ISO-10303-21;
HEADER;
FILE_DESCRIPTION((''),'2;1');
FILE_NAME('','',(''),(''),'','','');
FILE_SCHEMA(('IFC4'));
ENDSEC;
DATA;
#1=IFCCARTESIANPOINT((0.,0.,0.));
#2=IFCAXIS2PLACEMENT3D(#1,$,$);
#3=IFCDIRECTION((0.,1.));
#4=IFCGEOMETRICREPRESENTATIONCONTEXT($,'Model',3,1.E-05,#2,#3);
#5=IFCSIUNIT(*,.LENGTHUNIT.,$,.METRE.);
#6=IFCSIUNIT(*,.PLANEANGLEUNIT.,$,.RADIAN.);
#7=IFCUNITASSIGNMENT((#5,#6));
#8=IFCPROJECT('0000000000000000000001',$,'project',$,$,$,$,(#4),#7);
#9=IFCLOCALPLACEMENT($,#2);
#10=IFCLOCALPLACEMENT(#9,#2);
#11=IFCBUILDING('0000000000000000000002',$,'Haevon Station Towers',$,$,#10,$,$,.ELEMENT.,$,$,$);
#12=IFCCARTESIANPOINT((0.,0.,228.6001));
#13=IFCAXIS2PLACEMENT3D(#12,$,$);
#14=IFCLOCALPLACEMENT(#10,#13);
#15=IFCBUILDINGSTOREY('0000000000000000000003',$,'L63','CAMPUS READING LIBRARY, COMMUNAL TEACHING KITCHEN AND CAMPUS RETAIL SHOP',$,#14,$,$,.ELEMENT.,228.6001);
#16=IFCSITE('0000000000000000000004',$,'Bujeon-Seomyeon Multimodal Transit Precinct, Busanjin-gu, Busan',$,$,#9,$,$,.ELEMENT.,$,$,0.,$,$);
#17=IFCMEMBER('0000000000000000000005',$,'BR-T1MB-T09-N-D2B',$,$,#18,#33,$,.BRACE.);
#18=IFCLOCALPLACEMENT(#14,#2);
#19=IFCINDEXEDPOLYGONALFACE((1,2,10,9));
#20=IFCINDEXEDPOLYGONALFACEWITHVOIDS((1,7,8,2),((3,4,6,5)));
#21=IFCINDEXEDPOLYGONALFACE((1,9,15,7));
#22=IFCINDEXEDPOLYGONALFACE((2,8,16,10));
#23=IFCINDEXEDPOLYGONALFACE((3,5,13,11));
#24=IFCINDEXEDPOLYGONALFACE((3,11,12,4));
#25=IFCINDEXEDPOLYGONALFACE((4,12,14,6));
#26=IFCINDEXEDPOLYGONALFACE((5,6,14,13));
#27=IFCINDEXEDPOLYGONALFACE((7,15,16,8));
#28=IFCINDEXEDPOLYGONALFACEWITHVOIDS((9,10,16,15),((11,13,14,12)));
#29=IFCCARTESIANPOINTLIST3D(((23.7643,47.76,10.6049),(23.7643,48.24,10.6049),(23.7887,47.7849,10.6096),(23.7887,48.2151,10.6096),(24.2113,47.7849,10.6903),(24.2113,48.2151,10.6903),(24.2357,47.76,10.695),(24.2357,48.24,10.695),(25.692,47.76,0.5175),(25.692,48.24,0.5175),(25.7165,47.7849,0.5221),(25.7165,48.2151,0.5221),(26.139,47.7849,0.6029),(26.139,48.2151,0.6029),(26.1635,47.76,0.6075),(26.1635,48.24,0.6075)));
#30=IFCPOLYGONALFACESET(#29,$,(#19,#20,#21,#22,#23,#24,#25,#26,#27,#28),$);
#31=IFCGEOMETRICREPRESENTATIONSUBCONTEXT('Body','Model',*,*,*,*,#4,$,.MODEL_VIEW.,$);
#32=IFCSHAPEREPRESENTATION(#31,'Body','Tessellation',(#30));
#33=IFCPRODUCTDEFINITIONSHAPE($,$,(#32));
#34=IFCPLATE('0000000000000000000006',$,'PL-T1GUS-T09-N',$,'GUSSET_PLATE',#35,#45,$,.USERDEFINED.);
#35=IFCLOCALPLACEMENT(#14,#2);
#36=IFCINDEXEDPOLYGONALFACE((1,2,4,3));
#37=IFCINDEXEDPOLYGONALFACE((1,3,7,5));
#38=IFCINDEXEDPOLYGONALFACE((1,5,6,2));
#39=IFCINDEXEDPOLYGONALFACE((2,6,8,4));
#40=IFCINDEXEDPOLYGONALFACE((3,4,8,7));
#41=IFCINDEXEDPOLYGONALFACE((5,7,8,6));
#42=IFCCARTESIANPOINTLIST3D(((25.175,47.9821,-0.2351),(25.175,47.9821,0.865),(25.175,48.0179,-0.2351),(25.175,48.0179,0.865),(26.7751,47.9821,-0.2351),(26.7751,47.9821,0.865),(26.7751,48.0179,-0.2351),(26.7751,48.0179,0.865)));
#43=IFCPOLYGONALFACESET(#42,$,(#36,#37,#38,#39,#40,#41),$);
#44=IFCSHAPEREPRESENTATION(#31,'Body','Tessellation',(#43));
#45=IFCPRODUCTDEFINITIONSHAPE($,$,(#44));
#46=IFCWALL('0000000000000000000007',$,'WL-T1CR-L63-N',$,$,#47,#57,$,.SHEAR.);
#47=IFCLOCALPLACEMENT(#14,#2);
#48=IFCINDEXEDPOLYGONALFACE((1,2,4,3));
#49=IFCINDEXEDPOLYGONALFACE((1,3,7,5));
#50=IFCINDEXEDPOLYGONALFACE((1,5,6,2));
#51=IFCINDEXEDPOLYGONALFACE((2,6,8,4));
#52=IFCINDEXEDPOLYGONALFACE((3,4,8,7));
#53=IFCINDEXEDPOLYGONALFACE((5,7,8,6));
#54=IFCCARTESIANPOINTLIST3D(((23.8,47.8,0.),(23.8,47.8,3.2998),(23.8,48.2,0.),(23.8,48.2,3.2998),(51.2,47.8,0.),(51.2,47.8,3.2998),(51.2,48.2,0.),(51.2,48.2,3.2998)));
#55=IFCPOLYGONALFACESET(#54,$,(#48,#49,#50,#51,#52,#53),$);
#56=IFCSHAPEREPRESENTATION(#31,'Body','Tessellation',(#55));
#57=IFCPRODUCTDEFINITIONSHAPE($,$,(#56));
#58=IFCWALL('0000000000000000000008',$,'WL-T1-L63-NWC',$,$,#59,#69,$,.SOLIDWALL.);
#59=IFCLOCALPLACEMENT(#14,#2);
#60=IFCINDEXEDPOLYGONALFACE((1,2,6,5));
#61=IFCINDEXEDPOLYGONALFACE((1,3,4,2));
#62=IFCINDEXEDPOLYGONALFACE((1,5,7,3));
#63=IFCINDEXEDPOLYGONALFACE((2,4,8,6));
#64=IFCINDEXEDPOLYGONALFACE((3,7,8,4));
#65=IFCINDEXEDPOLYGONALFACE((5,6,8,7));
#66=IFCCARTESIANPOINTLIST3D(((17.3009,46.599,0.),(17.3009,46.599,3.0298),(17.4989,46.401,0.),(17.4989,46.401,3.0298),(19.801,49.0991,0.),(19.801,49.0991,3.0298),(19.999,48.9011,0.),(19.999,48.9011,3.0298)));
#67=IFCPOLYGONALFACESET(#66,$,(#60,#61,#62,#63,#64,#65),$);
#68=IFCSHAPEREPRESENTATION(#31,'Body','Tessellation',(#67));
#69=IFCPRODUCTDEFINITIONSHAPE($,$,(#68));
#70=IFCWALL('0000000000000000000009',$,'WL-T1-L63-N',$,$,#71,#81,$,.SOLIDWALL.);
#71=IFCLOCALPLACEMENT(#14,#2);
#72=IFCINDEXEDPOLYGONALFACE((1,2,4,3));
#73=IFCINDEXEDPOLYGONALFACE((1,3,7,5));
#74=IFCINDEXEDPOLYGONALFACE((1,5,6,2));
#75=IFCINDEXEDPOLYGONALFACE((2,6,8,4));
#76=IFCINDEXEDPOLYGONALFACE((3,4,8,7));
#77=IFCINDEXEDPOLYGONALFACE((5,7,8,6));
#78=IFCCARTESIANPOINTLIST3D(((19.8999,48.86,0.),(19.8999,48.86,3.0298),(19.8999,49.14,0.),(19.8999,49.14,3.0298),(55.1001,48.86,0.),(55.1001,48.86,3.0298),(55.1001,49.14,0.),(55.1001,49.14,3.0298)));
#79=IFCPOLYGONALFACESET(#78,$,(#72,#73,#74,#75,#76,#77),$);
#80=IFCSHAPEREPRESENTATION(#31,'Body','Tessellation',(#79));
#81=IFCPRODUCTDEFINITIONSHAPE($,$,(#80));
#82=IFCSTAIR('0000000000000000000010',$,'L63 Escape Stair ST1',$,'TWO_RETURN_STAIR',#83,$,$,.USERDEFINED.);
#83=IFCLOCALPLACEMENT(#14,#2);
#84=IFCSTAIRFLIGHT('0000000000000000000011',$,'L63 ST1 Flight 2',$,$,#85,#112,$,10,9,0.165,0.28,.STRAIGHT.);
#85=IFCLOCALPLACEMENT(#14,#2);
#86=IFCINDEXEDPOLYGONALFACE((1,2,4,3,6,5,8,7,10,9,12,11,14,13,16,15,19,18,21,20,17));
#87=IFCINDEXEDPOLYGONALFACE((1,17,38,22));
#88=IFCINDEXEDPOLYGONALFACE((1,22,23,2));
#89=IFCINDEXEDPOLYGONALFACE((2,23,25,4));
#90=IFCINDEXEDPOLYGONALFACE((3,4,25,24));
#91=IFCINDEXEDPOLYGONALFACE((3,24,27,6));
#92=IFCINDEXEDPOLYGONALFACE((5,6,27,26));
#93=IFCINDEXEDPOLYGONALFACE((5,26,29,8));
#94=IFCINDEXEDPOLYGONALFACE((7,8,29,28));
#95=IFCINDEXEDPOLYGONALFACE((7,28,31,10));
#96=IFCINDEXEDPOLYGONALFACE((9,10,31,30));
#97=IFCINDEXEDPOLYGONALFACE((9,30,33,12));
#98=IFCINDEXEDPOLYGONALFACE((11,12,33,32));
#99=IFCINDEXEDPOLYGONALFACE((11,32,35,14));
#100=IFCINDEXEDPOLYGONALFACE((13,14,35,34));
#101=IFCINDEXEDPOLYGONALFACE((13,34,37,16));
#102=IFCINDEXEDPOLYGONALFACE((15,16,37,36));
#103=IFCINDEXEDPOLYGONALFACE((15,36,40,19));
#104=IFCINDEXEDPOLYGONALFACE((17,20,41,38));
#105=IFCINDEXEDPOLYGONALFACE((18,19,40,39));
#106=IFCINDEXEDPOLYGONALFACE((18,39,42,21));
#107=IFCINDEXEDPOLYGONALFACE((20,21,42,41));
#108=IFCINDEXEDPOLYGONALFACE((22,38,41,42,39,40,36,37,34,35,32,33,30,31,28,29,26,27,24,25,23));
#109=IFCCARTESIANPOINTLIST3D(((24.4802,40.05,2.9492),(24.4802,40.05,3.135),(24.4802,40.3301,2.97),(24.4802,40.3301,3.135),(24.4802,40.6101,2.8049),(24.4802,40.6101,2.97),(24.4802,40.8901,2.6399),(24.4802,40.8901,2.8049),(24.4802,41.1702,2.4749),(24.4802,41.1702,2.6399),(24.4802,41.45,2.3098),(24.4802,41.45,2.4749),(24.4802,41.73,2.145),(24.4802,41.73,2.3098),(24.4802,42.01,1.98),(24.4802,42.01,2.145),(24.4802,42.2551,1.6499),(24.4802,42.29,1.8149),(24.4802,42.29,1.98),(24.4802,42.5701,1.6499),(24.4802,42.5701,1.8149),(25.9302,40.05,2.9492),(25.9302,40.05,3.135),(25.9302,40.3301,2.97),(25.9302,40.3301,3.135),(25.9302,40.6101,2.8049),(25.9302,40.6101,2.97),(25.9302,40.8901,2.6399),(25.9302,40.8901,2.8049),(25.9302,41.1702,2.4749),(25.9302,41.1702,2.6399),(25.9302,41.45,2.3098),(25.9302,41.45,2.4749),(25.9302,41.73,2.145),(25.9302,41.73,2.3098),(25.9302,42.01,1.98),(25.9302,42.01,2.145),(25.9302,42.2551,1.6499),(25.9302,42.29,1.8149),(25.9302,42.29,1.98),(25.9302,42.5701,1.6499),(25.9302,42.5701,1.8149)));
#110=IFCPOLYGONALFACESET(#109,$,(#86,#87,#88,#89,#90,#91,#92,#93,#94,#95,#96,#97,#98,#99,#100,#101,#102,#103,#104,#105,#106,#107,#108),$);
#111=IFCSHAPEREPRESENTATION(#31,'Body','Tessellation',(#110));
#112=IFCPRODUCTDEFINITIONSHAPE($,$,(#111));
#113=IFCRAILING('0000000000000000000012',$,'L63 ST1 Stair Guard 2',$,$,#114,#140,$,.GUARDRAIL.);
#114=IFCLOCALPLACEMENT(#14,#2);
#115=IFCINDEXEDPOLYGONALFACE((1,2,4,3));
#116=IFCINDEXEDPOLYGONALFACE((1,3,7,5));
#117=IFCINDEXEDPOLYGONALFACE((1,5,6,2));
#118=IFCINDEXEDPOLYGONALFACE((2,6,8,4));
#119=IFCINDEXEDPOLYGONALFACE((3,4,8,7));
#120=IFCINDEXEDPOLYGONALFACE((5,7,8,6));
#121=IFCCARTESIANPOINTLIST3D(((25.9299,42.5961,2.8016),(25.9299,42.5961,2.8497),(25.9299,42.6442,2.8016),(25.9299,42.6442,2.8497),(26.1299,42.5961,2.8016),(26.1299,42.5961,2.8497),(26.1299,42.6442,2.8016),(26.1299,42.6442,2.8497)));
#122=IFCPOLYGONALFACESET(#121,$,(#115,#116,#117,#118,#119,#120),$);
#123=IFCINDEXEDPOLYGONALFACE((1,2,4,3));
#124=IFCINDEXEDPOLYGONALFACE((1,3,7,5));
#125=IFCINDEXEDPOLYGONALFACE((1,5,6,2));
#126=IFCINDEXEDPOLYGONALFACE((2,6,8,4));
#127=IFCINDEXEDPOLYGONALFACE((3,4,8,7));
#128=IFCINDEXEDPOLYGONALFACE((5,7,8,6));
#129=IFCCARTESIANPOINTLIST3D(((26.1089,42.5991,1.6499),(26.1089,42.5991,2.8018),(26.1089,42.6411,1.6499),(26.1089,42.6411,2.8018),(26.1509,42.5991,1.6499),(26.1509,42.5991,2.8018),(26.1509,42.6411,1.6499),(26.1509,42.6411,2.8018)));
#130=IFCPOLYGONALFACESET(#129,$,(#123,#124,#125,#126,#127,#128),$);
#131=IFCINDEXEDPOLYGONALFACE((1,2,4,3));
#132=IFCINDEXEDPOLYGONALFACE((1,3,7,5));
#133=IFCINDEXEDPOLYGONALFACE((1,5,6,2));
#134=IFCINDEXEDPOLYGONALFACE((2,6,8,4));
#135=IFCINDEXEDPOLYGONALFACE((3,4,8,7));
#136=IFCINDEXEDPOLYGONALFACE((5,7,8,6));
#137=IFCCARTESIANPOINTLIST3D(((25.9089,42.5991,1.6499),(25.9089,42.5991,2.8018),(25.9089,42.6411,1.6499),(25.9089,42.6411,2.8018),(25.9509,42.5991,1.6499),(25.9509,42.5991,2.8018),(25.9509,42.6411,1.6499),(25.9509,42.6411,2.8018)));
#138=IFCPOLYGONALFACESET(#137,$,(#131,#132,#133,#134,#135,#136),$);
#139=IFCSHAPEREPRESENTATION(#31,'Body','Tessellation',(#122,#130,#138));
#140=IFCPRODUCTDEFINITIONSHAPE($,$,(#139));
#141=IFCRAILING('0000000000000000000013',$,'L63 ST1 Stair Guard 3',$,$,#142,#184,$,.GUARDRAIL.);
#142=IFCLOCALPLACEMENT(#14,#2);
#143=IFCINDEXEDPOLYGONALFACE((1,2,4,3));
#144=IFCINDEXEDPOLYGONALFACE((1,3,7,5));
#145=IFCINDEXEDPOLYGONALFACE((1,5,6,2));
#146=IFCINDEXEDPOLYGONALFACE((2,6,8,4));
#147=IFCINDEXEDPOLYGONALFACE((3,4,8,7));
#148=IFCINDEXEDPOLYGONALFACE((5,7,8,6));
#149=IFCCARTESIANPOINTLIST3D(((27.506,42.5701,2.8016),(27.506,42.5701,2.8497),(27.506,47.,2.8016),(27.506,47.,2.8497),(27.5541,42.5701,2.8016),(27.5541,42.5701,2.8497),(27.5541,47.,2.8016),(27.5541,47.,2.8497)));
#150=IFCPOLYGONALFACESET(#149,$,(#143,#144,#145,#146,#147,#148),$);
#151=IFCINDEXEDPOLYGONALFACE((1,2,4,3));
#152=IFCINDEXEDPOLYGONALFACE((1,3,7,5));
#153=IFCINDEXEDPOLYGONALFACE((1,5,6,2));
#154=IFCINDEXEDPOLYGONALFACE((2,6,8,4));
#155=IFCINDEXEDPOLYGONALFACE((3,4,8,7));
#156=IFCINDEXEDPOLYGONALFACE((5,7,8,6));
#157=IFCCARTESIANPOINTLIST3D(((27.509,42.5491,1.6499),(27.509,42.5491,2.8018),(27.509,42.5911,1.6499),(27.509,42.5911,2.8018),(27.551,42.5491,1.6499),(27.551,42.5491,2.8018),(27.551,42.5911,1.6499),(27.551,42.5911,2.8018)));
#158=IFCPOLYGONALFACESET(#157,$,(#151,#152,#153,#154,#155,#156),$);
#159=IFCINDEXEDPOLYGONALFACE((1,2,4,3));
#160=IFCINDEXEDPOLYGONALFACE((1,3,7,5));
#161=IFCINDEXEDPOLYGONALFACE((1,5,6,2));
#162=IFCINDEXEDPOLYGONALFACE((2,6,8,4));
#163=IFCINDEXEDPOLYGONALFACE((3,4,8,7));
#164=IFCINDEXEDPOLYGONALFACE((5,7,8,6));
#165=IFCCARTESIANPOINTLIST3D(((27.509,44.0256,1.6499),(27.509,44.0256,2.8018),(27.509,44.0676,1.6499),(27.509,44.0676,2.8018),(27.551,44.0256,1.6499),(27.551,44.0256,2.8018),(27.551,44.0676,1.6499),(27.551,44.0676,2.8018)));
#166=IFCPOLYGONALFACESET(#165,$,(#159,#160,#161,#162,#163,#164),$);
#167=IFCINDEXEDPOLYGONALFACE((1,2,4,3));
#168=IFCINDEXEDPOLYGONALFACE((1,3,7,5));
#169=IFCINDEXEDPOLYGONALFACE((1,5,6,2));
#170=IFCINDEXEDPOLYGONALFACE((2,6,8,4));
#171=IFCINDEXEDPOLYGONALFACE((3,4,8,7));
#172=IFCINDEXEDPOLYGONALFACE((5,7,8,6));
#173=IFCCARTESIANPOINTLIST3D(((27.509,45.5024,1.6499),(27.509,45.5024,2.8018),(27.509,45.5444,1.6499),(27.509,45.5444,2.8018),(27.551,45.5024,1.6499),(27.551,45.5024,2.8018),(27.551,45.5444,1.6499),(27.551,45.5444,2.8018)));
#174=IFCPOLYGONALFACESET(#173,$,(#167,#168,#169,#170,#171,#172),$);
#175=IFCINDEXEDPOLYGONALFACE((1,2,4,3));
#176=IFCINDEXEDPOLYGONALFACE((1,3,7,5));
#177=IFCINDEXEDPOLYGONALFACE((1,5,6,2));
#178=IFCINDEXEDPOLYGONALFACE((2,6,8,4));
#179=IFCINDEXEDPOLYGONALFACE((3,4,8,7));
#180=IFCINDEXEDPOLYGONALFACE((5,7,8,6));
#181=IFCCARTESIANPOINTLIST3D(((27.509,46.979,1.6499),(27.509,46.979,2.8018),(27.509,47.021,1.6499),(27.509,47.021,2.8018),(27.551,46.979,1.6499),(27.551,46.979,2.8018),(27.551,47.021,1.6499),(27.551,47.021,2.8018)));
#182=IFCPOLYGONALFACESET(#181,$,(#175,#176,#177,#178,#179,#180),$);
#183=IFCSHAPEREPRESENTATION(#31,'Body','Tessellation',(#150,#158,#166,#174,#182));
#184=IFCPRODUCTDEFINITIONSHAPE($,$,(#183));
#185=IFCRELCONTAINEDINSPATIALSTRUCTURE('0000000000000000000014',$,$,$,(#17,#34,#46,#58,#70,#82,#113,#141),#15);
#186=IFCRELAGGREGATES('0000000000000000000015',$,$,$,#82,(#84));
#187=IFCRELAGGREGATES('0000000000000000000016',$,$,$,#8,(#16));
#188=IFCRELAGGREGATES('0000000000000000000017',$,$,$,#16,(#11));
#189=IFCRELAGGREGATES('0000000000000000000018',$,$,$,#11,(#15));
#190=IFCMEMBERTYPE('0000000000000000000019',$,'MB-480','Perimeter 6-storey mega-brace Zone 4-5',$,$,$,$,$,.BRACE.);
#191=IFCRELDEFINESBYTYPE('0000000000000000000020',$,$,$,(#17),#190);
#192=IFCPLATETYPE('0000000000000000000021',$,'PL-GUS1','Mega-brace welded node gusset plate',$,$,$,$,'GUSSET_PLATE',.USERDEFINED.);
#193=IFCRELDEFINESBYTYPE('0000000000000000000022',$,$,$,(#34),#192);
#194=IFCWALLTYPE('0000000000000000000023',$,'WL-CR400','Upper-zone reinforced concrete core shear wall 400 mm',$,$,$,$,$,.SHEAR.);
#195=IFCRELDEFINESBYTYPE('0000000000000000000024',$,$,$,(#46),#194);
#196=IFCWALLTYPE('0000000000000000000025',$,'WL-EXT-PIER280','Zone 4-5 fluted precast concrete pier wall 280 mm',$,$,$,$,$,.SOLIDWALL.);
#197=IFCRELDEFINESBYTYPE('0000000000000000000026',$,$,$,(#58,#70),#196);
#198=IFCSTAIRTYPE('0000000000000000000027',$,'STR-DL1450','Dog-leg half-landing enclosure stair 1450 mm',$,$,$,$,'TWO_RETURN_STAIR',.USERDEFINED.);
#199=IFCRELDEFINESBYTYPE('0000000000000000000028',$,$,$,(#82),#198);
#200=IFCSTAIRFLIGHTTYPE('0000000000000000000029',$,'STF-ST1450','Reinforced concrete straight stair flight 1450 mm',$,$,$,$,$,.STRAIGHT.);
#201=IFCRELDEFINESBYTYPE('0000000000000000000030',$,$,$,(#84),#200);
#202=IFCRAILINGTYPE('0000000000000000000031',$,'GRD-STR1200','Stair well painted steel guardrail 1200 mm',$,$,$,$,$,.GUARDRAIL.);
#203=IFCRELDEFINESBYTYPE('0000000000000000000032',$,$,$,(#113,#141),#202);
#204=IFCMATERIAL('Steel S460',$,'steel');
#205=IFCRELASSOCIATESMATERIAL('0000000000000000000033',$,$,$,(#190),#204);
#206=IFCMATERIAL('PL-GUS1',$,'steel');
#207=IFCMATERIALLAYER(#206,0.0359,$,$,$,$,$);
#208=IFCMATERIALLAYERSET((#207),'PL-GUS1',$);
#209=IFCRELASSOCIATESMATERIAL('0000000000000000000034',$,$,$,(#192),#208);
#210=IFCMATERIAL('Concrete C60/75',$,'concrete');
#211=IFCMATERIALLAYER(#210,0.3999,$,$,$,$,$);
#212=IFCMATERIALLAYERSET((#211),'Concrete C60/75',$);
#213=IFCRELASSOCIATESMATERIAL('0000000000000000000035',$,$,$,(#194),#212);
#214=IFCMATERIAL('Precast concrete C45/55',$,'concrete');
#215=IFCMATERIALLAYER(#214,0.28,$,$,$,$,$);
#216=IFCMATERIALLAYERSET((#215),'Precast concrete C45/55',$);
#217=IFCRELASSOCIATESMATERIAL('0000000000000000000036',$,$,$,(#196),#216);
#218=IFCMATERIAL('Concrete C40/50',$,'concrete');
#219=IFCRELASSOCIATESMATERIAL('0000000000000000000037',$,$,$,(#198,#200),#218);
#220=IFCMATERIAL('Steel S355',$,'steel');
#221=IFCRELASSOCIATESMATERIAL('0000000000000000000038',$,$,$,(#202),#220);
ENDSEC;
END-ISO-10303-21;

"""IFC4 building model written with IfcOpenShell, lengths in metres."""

from ifc_helpers import new_model, si_unit, direction, frame, frame_2d, origin, origin_2d, place, context, subcontext, project, spatial, polyline, rectangle, hollow_rectangle, outline, extrude, material, layer, layer_set, material_profile, profile_set, type_object, element, aggregate, save


model = new_model("IFC4")

# Units and contexts
model_context = context("Model", 3, precision=1e-05, world=origin(), true_north=direction((0.0, 1.0)))
body_context = subcontext(model_context, "Body", "Model", "MODEL_VIEW")
ifc_project = project(units=[si_unit("LENGTHUNIT", "METRE"), si_unit("PLANEANGLEUNIT", "RADIAN")], contexts=[model_context])

# Site, building, storey
site_placement = place(None, origin())
site = spatial("IfcSite", under=ifc_project, at=site_placement, Name="Bujeon-Seomyeon Multimodal Transit Precinct, Busanjin-gu, Busan", CompositionType="ELEMENT", RefElevation=0.0)
building_placement = place(site_placement, origin())
building = spatial("IfcBuilding", under=site, at=building_placement, Name="Haevon Station Towers", CompositionType="ELEMENT")
storey_placement = place(building_placement, frame((0.0, 0.0, 228.6001)))
storey = spatial("IfcBuildingStorey", under=building, at=storey_placement, Name="L63", Description="CAMPUS READING LIBRARY, COMMUNAL TEACHING KITCHEN AND CAMPUS RETAIL SHOP", CompositionType="ELEMENT", Elevation=228.6001)

# Shared definitions
ifc_material_1 = material(Name="Steel S460", Category="steel")
ifc_material_2 = material(Name="Steel S355", Category="steel")

# Member
ifc_material_profile_1 = material_profile(ifc_material_1, hollow_rectangle(XDim=0.48, YDim=0.48, WallThickness=0.0249, at=origin_2d()), Name="RHS-480x480x25")
ifc_profile_set_1 = profile_set([ifc_material_profile_1], Name="Steel S460")
member_type = type_object("IfcMemberType", Name="MB-480", Description="Perimeter 6-storey mega-brace Zone 4-5", PredefinedType="BRACE", material=ifc_profile_set_1)
member_placement = place(storey_placement, frame((25.9277, 48.0, 0.5625), z_axis=(-0.187706, 0.0, 0.982225), x_axis=(0.0, -1.0, 0.0)))
element("IfcMember", 1, at=member_placement, inside=storey, type_object=member_type, Name="BR-T1MB-T09-N-D2B", PredefinedType="BRACE", context=body_context, shape_type="SweptSolid", body=[
    extrude(hollow_rectangle(XDim=0.48, YDim=0.48, WallThickness=0.0249, at=origin_2d()), origin(), (0.0, 0.0, 1.0), 10.27),
])

# Plate
ifc_material_3 = material(Name="PL-GUS1", Category="steel")
ifc_layer_1 = layer(ifc_material_3, 0.0359)
ifc_layer_set_1 = layer_set([ifc_layer_1], Name="PL-GUS1")
plate_type = type_object("IfcPlateType", Name="PL-GUS1", Description="Mega-brace welded node gusset plate", ElementType="GUSSET_PLATE", PredefinedType="USERDEFINED", material=ifc_layer_set_1)
plate_placement = place(storey_placement, frame((25.9751, 48.0, -0.2351), z_axis=(0.0, 0.0, 1.0), x_axis=(1.0, 0.0, 0.0)))
element("IfcPlate", 2, at=plate_placement, inside=storey, type_object=plate_type, Name="PL-T1GUS-T09-N", ObjectType="GUSSET_PLATE", PredefinedType="USERDEFINED", context=body_context, shape_type="SweptSolid", body=[
    extrude(rectangle(XDim=1.6001, YDim=0.0359, at=origin_2d()), origin(), (0.0, 0.0, 1.0), 1.1001),
])

# Walls
ifc_material_4 = material(Name="Concrete C60/75", Category="concrete")
ifc_layer_2 = layer(ifc_material_4, 0.3999)
ifc_layer_set_2 = layer_set([ifc_layer_2], Name="Concrete C60/75")
wall_type_1 = type_object("IfcWallType", Name="WL-CR400", Description="Upper-zone reinforced concrete core shear wall 400 mm", PredefinedType="SHEAR", material=ifc_layer_set_2)
wall_1_placement = place(storey_placement, frame((23.8, 48.0, 0.0), z_axis=(0.0, 0.0, 1.0), x_axis=(1.0, 0.0, 0.0)))
element("IfcWall", 3, at=wall_1_placement, inside=storey, type_object=wall_type_1, Name="WL-T1CR-L63-N", PredefinedType="SHEAR", context=body_context, shape_type="SweptSolid", body=[
    extrude(rectangle(XDim=27.3999, YDim=0.3999, at=frame_2d((13.7, 0.0))), origin(), (0.0, 0.0, 1.0), 3.2998),
])
ifc_material_5 = material(Name="Precast concrete C45/55", Category="concrete")
ifc_layer_3 = layer(ifc_material_5, 0.28)
ifc_layer_set_3 = layer_set([ifc_layer_3], Name="Precast concrete C45/55")
wall_type_2 = type_object("IfcWallType", Name="WL-EXT-PIER280", Description="Zone 4-5 fluted precast concrete pier wall 280 mm", PredefinedType="SOLIDWALL", material=ifc_layer_set_3)
wall_2_placement = place(storey_placement, frame((17.3999, 46.5, 0.0), z_axis=(0.0, 0.0, 1.0), x_axis=(0.707107, 0.707107, 0.0)))
element("IfcWall", 4, at=wall_2_placement, inside=storey, type_object=wall_type_2, Name="WL-T1-L63-NWC", PredefinedType="SOLIDWALL", context=body_context, shape_type="SweptSolid", body=[
    extrude(rectangle(XDim=3.5356, YDim=0.28, at=frame_2d((1.7678, 0.0))), origin(), (0.0, 0.0, 1.0), 3.0298),
])
wall_3_placement = place(storey_placement, frame((19.8999, 49.0, 0.0), z_axis=(0.0, 0.0, 1.0), x_axis=(1.0, 0.0, 0.0)))
element("IfcWall", 5, at=wall_3_placement, inside=storey, type_object=wall_type_2, Name="WL-T1-L63-N", PredefinedType="SOLIDWALL", context=body_context, shape_type="SweptSolid", body=[
    extrude(rectangle(XDim=35.2002, YDim=0.28, at=frame_2d((17.6001, 0.0))), origin(), (0.0, 0.0, 1.0), 3.0298),
])

# Shared definitions
ifc_material_6 = material(Name="Concrete C40/50", Category="concrete")

# Stair, stair flight
stair_type = type_object("IfcStairType", Name="STR-DL1450", Description="Dog-leg half-landing enclosure stair 1450 mm", ElementType="TWO_RETURN_STAIR", PredefinedType="USERDEFINED", material=ifc_material_6)
stair_placement = place(storey_placement, origin())
stair = element("IfcStair", 6, at=stair_placement, inside=storey, type_object=stair_type, Name="L63 Escape Stair ST1", ObjectType="TWO_RETURN_STAIR", PredefinedType="USERDEFINED")
stair_flight_type = type_object("IfcStairFlightType", Name="STF-ST1450", Description="Reinforced concrete straight stair flight 1450 mm", PredefinedType="STRAIGHT", material=ifc_material_6)
stair_flight_placement = place(storey_placement, frame((25.2051, 42.5701, 1.6499), z_axis=(0.0, 0.0, 1.0), x_axis=(0.0, -1.0, 0.0)))
stair_flight = element("IfcStairFlight", 7, at=stair_flight_placement, type_object=stair_flight_type, Name="L63 ST1 Flight 2", NumberOfRisers=10, NumberOfTreads=9, PredefinedType="STRAIGHT", RiserHeight=0.165, TreadLength=0.28, context=body_context, shape_type="SweptSolid", body=[
    extrude(outline(polyline([(0.0, 0.0), (0.0, 0.165), (0.28, 0.165), (0.28, 0.3301), (0.5601, 0.3301), (0.5601, 0.4951), (0.8401, 0.4951), (0.8401, 0.6599), (1.1201, 0.6599), (1.1201, 0.825), (1.3999, 0.825), (1.3999, 0.99), (1.6799, 0.99), (1.6799, 1.155), (1.96, 1.155), (1.96, 1.3201), (2.24, 1.3201), (2.24, 1.4851), (2.52, 1.4851), (2.52, 1.6499), (2.52, 1.2993), (0.3149, 0.0), (0.0, 0.0)])), frame((0.0, 0.7251, 0.0), z_axis=(0.0, -1.0, 0.0), x_axis=(1.0, 0.0, 0.0)), (0.0, 0.0, 1.0), 1.45),
])
aggregate(stair, [stair_flight])

# Railings
railing_type_1 = type_object("IfcRailingType", Name="GRD-STR1200", Description="Stair well painted steel guardrail 1200 mm", PredefinedType="GUARDRAIL", material=ifc_material_2)
railing_1_placement = place(storey_placement, frame((26.1299, 42.6201, 1.6499)))
element("IfcRailing", 8, at=railing_1_placement, inside=storey, type_object=railing_type_1, Name="L63 ST1 Stair Guard 2", PredefinedType="GUARDRAIL", context=body_context, shape_type="SweptSolid", body=[
    extrude(rectangle(XDim=0.0481, YDim=0.0481, at=origin_2d()), frame((0.0, 0.0, 1.1758), z_axis=(-1.0, 0.0, 0.0), x_axis=(0.0, -1.0, 0.0)), (0.0, 0.0, 1.0), 0.2),
    extrude(rectangle(XDim=0.042, YDim=0.042, at=origin_2d()), origin(), (0.0, 0.0, 1.0), 1.1519),
    extrude(rectangle(XDim=0.042, YDim=0.042, at=origin_2d()), frame((-0.2, 0.0, 0.0)), (0.0, 0.0, 1.0), 1.1519),
])
for number, where, name in (
    (9, (27.53, 42.5701, 1.6499), "L63 ST1 Stair Guard 3"),
):
    element("IfcRailing", number, at=place(storey_placement, frame(where)), inside=storey, type_object=railing_type_1, Name=name, PredefinedType="GUARDRAIL", context=body_context, shape_type="SweptSolid", body=[
        extrude(rectangle(XDim=0.0481, YDim=0.0481, at=origin_2d()), frame((0.0, 0.0, 1.1758), z_axis=(0.0, 1.0, 0.0), x_axis=(-1.0, 0.0, 0.0)), (0.0, 0.0, 1.0), 4.4299),
        extrude(rectangle(XDim=0.042, YDim=0.042, at=origin_2d()), origin(), (0.0, 0.0, 1.0), 1.1519),
        extrude(rectangle(XDim=0.042, YDim=0.042, at=origin_2d()), frame((0.0, 1.4766, 0.0)), (0.0, 0.0, 1.0), 1.1519),
        extrude(rectangle(XDim=0.042, YDim=0.042, at=origin_2d()), frame((0.0, 2.9534, 0.0)), (0.0, 0.0, 1.0), 1.1519),
        extrude(rectangle(XDim=0.042, YDim=0.042, at=origin_2d()), frame((0.0, 4.4299, 0.0)), (0.0, 0.0, 1.0), 1.1519),
    ])

save(model, "model.ifc")
